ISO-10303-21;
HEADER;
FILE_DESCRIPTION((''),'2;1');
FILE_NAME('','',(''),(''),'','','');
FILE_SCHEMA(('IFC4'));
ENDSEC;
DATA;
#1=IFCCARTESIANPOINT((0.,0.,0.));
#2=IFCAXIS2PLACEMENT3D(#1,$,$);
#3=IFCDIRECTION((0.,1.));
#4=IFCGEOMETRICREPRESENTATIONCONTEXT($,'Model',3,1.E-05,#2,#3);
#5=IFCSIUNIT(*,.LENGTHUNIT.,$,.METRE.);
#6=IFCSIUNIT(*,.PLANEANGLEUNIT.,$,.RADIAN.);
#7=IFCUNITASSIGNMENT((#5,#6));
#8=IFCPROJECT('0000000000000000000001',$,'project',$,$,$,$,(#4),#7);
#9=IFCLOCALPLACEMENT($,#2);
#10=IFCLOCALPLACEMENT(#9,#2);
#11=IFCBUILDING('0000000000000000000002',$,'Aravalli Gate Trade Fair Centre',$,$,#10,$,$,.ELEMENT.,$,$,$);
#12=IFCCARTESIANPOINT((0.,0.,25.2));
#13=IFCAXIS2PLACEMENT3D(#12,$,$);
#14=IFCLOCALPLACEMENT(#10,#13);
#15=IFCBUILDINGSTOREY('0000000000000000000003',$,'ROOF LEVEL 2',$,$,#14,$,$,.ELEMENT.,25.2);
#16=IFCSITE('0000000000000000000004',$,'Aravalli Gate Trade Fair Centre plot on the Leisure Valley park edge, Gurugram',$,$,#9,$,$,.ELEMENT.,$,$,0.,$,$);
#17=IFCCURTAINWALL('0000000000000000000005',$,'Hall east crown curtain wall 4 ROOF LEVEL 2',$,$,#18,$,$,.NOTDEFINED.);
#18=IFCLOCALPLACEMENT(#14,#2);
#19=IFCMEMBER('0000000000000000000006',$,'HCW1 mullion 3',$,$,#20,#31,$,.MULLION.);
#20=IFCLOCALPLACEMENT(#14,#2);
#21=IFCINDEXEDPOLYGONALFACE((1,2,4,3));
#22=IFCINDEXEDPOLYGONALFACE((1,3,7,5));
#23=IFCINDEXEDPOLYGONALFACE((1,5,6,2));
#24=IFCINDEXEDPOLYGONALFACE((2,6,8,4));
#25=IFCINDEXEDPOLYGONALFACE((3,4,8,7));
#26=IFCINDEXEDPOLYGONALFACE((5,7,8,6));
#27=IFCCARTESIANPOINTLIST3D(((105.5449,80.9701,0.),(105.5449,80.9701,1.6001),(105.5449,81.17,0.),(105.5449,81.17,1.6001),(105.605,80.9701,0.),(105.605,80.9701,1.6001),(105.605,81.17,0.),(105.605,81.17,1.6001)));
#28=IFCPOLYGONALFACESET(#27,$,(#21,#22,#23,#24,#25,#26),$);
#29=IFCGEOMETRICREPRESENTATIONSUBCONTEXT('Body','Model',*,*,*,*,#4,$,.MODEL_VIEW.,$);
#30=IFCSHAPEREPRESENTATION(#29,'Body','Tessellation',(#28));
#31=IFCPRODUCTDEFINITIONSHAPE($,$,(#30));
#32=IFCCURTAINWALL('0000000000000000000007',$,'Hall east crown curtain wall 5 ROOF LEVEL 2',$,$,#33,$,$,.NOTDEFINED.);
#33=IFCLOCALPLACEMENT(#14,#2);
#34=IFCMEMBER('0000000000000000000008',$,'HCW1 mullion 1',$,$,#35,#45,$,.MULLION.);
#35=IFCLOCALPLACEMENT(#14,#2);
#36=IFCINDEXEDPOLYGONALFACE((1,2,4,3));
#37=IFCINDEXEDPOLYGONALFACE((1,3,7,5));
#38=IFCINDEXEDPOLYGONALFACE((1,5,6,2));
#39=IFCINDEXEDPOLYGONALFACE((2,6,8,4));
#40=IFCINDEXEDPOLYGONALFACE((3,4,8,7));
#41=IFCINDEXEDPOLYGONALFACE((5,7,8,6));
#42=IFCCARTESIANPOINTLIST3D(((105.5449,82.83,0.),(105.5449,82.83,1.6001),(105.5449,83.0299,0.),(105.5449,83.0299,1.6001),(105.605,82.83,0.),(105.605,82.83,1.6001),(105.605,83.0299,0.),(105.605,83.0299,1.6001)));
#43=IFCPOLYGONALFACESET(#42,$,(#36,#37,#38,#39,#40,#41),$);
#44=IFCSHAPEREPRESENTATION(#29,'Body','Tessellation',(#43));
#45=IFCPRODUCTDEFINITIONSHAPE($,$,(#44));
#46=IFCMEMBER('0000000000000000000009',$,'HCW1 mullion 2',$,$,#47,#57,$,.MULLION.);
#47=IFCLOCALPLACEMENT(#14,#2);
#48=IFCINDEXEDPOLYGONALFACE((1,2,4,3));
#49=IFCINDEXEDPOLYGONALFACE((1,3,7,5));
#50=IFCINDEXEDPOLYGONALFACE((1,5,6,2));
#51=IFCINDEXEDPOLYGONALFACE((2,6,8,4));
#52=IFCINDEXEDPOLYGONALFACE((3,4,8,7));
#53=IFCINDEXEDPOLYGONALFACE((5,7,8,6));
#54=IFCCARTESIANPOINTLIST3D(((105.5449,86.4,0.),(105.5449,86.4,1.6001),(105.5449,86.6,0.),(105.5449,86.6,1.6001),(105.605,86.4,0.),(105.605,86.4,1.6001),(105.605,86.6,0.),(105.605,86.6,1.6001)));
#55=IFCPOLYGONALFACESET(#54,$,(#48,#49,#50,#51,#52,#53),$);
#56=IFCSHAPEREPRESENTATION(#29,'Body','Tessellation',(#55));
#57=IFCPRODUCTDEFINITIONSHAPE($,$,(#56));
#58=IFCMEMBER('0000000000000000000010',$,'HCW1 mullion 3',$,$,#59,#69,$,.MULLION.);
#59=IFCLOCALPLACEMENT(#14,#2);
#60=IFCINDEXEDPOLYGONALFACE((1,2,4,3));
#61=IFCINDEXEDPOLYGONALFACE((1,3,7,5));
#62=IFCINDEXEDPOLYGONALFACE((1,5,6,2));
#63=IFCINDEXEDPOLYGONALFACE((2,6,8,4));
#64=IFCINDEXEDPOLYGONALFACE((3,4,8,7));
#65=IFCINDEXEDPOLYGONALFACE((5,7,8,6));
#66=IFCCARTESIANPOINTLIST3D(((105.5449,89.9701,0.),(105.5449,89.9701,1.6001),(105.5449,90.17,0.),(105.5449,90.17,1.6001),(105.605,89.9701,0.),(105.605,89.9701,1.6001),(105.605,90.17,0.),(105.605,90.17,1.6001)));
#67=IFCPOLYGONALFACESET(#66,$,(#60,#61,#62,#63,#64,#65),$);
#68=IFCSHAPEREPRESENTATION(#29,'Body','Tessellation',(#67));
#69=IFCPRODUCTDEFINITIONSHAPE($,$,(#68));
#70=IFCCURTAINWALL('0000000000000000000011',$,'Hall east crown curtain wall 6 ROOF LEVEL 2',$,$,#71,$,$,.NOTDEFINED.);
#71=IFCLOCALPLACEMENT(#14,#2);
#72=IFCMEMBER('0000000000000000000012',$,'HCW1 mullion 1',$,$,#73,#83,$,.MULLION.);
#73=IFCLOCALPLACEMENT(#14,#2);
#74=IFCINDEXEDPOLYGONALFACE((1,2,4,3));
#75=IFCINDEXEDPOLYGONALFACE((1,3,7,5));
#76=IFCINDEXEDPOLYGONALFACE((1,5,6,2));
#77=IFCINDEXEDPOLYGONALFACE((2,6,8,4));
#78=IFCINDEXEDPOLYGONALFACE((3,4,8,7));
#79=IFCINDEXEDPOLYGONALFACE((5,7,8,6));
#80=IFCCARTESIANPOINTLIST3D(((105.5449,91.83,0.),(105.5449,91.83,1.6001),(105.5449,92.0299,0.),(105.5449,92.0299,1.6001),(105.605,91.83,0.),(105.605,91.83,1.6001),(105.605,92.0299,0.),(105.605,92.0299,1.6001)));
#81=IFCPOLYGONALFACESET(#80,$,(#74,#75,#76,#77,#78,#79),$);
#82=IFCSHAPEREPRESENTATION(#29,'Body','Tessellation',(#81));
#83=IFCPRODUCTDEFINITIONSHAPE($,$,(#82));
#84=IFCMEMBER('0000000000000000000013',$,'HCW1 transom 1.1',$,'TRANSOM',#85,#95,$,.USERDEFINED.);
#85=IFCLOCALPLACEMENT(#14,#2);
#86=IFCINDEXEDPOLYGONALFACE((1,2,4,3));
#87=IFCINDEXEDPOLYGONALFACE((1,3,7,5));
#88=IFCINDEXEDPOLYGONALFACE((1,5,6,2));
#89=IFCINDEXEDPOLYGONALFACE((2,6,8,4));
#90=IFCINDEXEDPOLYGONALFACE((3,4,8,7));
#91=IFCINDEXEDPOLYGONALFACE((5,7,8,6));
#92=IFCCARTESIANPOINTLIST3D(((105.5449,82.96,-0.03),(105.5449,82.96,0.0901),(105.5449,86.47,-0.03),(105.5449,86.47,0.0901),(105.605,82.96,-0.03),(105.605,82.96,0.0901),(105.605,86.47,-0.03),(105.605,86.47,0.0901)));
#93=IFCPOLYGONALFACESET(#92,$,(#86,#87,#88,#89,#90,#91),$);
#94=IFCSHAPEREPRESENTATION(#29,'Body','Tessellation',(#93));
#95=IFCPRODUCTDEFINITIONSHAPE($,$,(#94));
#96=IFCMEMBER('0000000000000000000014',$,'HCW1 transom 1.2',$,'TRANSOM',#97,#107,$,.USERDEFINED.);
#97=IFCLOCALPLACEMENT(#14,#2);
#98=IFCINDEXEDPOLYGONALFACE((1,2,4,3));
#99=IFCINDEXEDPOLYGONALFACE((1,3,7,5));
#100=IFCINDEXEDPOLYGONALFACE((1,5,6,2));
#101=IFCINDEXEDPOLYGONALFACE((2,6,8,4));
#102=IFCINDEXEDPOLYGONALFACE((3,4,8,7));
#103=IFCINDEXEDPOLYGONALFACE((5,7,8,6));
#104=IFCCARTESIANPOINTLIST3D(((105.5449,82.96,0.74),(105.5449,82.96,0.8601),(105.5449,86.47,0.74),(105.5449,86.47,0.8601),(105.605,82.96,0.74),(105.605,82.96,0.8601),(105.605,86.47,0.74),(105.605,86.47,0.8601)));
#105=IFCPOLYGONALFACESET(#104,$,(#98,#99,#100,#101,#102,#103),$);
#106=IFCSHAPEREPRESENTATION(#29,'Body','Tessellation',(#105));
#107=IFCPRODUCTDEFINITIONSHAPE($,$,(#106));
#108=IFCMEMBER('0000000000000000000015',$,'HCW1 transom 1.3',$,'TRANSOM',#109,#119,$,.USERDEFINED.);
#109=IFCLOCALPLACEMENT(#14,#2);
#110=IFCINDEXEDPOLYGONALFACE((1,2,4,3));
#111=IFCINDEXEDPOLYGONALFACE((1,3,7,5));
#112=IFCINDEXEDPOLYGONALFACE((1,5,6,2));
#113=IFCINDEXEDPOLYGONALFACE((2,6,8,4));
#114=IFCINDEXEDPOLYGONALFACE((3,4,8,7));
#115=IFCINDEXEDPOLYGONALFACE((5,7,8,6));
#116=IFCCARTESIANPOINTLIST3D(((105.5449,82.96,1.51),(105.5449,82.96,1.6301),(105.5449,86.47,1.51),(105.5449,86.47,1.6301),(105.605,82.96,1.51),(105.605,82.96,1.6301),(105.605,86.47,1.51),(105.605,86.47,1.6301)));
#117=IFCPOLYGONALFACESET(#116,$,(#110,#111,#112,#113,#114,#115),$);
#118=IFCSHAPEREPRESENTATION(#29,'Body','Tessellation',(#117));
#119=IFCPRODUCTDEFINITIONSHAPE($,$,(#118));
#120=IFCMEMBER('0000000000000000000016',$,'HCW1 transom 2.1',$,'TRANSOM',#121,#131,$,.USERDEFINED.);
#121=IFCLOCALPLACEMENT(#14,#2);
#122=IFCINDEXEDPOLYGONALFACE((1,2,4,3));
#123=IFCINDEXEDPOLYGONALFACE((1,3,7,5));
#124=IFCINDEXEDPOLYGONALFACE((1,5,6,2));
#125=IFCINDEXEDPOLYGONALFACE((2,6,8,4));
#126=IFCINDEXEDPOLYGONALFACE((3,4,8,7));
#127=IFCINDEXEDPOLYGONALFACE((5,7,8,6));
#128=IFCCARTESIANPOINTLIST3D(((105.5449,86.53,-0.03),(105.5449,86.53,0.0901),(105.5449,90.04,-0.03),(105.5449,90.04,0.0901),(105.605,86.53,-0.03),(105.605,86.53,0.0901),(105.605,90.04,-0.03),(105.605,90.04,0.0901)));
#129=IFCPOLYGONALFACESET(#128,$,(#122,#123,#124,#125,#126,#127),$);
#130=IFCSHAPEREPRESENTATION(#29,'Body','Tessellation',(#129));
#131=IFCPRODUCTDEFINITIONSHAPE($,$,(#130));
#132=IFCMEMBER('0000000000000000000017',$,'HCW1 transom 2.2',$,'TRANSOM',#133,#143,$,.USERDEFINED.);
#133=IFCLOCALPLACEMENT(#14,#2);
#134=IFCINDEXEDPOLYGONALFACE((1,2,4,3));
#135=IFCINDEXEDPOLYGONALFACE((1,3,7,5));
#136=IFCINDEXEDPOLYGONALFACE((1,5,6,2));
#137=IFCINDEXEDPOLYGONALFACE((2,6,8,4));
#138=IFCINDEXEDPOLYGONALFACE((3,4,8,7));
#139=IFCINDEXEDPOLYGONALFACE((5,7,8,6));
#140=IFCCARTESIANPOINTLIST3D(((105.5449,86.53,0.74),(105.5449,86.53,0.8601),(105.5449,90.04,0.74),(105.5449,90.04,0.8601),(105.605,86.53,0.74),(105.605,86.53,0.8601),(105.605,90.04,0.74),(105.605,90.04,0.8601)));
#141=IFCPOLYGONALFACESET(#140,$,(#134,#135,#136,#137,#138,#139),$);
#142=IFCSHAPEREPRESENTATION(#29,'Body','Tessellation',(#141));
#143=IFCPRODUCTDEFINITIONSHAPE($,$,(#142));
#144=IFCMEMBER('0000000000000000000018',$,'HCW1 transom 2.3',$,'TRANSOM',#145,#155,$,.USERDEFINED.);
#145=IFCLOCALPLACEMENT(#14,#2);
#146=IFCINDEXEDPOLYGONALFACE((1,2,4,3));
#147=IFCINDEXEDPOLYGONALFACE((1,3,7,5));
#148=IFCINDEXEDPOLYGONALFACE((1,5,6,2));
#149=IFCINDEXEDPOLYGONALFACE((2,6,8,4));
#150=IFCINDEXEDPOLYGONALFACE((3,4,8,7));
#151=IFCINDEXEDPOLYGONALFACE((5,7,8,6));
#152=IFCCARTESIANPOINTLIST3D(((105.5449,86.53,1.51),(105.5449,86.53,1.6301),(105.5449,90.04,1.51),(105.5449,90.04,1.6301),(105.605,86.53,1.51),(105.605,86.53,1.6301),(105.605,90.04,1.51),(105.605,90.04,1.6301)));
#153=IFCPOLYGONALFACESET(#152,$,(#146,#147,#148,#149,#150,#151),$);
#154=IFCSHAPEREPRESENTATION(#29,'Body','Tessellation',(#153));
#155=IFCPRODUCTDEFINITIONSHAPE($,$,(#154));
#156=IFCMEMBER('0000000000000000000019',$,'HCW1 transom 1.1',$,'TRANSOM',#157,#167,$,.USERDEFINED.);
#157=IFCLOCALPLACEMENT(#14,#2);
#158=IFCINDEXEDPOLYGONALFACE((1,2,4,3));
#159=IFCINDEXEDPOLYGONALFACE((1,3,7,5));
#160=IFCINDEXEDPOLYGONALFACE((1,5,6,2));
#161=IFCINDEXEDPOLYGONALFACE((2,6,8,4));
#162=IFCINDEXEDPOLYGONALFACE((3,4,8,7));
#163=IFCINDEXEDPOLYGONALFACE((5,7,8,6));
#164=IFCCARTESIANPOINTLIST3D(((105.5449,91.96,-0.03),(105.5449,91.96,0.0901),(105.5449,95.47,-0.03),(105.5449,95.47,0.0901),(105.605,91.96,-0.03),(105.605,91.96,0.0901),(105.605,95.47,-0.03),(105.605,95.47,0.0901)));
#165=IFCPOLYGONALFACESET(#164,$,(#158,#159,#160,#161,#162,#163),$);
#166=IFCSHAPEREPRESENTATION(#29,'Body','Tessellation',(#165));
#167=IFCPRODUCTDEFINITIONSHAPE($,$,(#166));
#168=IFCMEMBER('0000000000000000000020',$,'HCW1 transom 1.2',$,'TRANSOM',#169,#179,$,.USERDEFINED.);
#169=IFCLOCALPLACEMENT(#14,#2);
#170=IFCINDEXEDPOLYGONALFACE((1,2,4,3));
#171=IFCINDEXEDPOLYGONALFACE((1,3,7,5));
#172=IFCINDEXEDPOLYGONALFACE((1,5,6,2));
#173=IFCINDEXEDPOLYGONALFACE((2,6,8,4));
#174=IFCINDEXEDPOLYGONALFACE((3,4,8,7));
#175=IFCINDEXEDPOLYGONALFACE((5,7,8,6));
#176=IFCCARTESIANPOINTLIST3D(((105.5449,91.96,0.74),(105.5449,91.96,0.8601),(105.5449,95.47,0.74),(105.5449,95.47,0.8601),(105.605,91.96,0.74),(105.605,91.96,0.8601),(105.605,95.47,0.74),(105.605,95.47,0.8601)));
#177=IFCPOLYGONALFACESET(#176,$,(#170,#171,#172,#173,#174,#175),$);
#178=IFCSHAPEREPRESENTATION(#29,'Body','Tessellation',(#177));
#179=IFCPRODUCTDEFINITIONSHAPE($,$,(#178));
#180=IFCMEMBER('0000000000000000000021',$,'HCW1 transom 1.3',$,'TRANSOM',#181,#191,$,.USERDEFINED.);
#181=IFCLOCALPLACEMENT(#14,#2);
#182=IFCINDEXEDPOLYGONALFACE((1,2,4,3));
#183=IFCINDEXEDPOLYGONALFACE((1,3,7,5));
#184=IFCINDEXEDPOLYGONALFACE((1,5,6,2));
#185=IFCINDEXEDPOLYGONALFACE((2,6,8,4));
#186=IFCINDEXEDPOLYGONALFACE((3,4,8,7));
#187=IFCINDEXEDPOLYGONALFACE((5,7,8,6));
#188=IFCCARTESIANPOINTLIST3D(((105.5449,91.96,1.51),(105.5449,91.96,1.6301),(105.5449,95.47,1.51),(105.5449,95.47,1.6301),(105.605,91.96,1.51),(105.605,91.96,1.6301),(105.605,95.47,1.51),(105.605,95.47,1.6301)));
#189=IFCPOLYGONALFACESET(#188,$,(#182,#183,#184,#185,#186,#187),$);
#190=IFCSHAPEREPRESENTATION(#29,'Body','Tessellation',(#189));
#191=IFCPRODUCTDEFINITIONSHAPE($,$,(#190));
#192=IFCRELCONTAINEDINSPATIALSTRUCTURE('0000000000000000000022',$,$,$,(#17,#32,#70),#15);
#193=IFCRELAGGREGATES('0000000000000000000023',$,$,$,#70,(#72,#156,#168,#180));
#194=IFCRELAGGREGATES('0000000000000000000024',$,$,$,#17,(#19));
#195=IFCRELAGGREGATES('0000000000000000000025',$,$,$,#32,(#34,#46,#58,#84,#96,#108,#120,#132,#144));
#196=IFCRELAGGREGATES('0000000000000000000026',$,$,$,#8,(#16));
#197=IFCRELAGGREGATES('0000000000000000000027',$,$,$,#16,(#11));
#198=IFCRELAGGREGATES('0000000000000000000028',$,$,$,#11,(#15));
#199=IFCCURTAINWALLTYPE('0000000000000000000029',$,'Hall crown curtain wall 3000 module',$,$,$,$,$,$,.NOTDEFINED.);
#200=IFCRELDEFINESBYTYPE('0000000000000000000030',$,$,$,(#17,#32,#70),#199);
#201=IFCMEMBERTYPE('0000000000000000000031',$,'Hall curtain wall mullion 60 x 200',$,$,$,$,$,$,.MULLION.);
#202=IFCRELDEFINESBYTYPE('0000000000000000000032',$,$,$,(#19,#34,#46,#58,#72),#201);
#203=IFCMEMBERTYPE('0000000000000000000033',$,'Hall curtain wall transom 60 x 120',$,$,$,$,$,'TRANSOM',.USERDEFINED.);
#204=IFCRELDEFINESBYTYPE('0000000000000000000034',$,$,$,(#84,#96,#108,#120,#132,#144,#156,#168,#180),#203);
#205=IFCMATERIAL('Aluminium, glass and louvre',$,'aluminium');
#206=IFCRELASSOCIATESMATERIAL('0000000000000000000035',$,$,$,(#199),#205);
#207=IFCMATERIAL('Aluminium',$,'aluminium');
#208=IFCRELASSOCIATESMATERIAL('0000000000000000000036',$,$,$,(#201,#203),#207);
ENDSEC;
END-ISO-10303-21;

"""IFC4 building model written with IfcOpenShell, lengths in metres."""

from ifc_helpers import new_model, si_unit, direction, frame, origin, origin_2d, place, context, subcontext, project, spatial, rectangle, extrude, material, material_profile, profile_set, type_object, element, aggregate, save


model = new_model("IFC4")

# Units and contexts
model_context = context("Model", 3, precision=1e-05, world=origin(), true_north=direction((0.0, 1.0)))
body_context = subcontext(model_context, "Body", "Model", "MODEL_VIEW")
ifc_project = project(units=[si_unit("LENGTHUNIT", "METRE"), si_unit("PLANEANGLEUNIT", "RADIAN")], contexts=[model_context])

# Site, building, storey
site_placement = place(None, origin())
site = spatial("IfcSite", under=ifc_project, at=site_placement, Name="Aravalli Gate Trade Fair Centre plot on the Leisure Valley park edge, Gurugram", CompositionType="ELEMENT", RefElevation=0.0)
building_placement = place(site_placement, origin())
building = spatial("IfcBuilding", under=site, at=building_placement, Name="Aravalli Gate Trade Fair Centre", CompositionType="ELEMENT")
storey_placement = place(building_placement, frame((0.0, 0.0, 25.2)))
storey = spatial("IfcBuildingStorey", under=building, at=storey_placement, Name="ROOF LEVEL 2", CompositionType="ELEMENT", Elevation=25.2)

# Curtain wall, member
ifc_material_1 = material(Name="Aluminium, glass and louvre", Category="aluminium")
curtain_wall_type = type_object("IfcCurtainWallType", Name="Hall crown curtain wall 3000 module", PredefinedType="NOTDEFINED", material=ifc_material_1)
curtain_wall_1_placement = place(storey_placement, origin())
curtain_wall_1 = element("IfcCurtainWall", 1, at=curtain_wall_1_placement, inside=storey, type_object=curtain_wall_type, Name="Hall east crown curtain wall 4 ROOF LEVEL 2", PredefinedType="NOTDEFINED")
ifc_material_2 = material(Name="Aluminium", Category="aluminium")
ifc_material_profile_1 = material_profile(ifc_material_2, rectangle(XDim=0.0601, YDim=0.2, at=origin_2d()), Name="Hall curtain wall mullion 60 x 200")
ifc_profile_set_1 = profile_set([ifc_material_profile_1], Name="Aluminium")
member_type_1 = type_object("IfcMemberType", Name="Hall curtain wall mullion 60 x 200", PredefinedType="MULLION", material=ifc_profile_set_1)
member_1_placement = place(storey_placement, frame((105.575, 81.0701, 0.0), z_axis=(0.0, 0.0, 1.0), x_axis=(-1.0, 0.0, 0.0)))
member_1 = element("IfcMember", 2, at=member_1_placement, type_object=member_type_1, Name="HCW1 mullion 3", PredefinedType="MULLION", context=body_context, shape_type="SweptSolid", body=[
    extrude(rectangle(XDim=0.0601, YDim=0.2, at=origin_2d()), origin(), (0.0, 0.0, 1.0), 1.6001),
])

# Curtain wall, members
curtain_wall_2_placement = place(storey_placement, origin())
curtain_wall_2 = element("IfcCurtainWall", 3, at=curtain_wall_2_placement, inside=storey, type_object=curtain_wall_type, Name="Hall east crown curtain wall 5 ROOF LEVEL 2", PredefinedType="NOTDEFINED")
member_2_placement = place(storey_placement, frame((105.575, 82.9299, 0.0), z_axis=(0.0, 0.0, 1.0), x_axis=(-1.0, 0.0, 0.0)))
member_2 = element("IfcMember", 4, at=member_2_placement, type_object=member_type_1, Name="HCW1 mullion 1", PredefinedType="MULLION", context=body_context, shape_type="SweptSolid", body=[
    extrude(rectangle(XDim=0.0601, YDim=0.2, at=origin_2d()), origin(), (0.0, 0.0, 1.0), 1.6001),
])
member_3_placement = place(storey_placement, frame((105.575, 86.5, 0.0), z_axis=(0.0, 0.0, 1.0), x_axis=(-1.0, 0.0, 0.0)))
member_3 = element("IfcMember", 5, at=member_3_placement, type_object=member_type_1, Name="HCW1 mullion 2", PredefinedType="MULLION", context=body_context, shape_type="SweptSolid", body=[
    extrude(rectangle(XDim=0.0601, YDim=0.2, at=origin_2d()), origin(), (0.0, 0.0, 1.0), 1.6001),
])
member_4_placement = place(storey_placement, frame((105.575, 90.0701, 0.0), z_axis=(0.0, 0.0, 1.0), x_axis=(-1.0, 0.0, 0.0)))
member_4 = element("IfcMember", 6, at=member_4_placement, type_object=member_type_1, Name="HCW1 mullion 3", PredefinedType="MULLION", context=body_context, shape_type="SweptSolid", body=[
    extrude(rectangle(XDim=0.0601, YDim=0.2, at=origin_2d()), origin(), (0.0, 0.0, 1.0), 1.6001),
])

# Curtain wall, member
curtain_wall_3_placement = place(storey_placement, origin())
curtain_wall_3 = element("IfcCurtainWall", 7, at=curtain_wall_3_placement, inside=storey, type_object=curtain_wall_type, Name="Hall east crown curtain wall 6 ROOF LEVEL 2", PredefinedType="NOTDEFINED")
member_5_placement = place(storey_placement, frame((105.575, 91.9299, 0.0), z_axis=(0.0, 0.0, 1.0), x_axis=(-1.0, 0.0, 0.0)))
member_5 = element("IfcMember", 8, at=member_5_placement, type_object=member_type_1, Name="HCW1 mullion 1", PredefinedType="MULLION", context=body_context, shape_type="SweptSolid", body=[
    extrude(rectangle(XDim=0.0601, YDim=0.2, at=origin_2d()), origin(), (0.0, 0.0, 1.0), 1.6001),
])

# Members
ifc_material_profile_2 = material_profile(ifc_material_2, rectangle(XDim=0.0601, YDim=0.1201, at=origin_2d()), Name="Hall curtain wall transom 60 x 120")
ifc_profile_set_2 = profile_set([ifc_material_profile_2], Name="Aluminium")
member_type_2 = type_object("IfcMemberType", Name="Hall curtain wall transom 60 x 120", ElementType="TRANSOM", PredefinedType="USERDEFINED", material=ifc_profile_set_2)
member_6_placement = place(storey_placement, frame((105.575, 82.96, 0.03), z_axis=(0.0, 1.0, 0.0), x_axis=(-1.0, 0.0, 0.0)))
member_6 = element("IfcMember", 9, at=member_6_placement, type_object=member_type_2, Name="HCW1 transom 1.1", ObjectType="TRANSOM", PredefinedType="USERDEFINED", context=body_context, shape_type="SweptSolid", body=[
    extrude(rectangle(XDim=0.0601, YDim=0.1201, at=origin_2d()), origin(), (0.0, 0.0, 1.0), 3.51),
])
member_7_placement = place(storey_placement, frame((105.575, 82.96, 0.8), z_axis=(0.0, 1.0, 0.0), x_axis=(-1.0, 0.0, 0.0)))
member_7 = element("IfcMember", 10, at=member_7_placement, type_object=member_type_2, Name="HCW1 transom 1.2", ObjectType="TRANSOM", PredefinedType="USERDEFINED", context=body_context, shape_type="SweptSolid", body=[
    extrude(rectangle(XDim=0.0601, YDim=0.1201, at=origin_2d()), origin(), (0.0, 0.0, 1.0), 3.51),
])
member_8_placement = place(storey_placement, frame((105.575, 82.96, 1.5701), z_axis=(0.0, 1.0, 0.0), x_axis=(-1.0, 0.0, 0.0)))
member_8 = element("IfcMember", 11, at=member_8_placement, type_object=member_type_2, Name="HCW1 transom 1.3", ObjectType="TRANSOM", PredefinedType="USERDEFINED", context=body_context, shape_type="SweptSolid", body=[
    extrude(rectangle(XDim=0.0601, YDim=0.1201, at=origin_2d()), origin(), (0.0, 0.0, 1.0), 3.51),
])
member_9_placement = place(storey_placement, frame((105.575, 86.53, 0.03), z_axis=(0.0, 1.0, 0.0), x_axis=(-1.0, 0.0, 0.0)))
member_9 = element("IfcMember", 12, at=member_9_placement, type_object=member_type_2, Name="HCW1 transom 2.1", ObjectType="TRANSOM", PredefinedType="USERDEFINED", context=body_context, shape_type="SweptSolid", body=[
    extrude(rectangle(XDim=0.0601, YDim=0.1201, at=origin_2d()), origin(), (0.0, 0.0, 1.0), 3.51),
])
member_10_placement = place(storey_placement, frame((105.575, 86.53, 0.8), z_axis=(0.0, 1.0, 0.0), x_axis=(-1.0, 0.0, 0.0)))
member_10 = element("IfcMember", 13, at=member_10_placement, type_object=member_type_2, Name="HCW1 transom 2.2", ObjectType="TRANSOM", PredefinedType="USERDEFINED", context=body_context, shape_type="SweptSolid", body=[
    extrude(rectangle(XDim=0.0601, YDim=0.1201, at=origin_2d()), origin(), (0.0, 0.0, 1.0), 3.51),
])
member_11_placement = place(storey_placement, frame((105.575, 86.53, 1.5701), z_axis=(0.0, 1.0, 0.0), x_axis=(-1.0, 0.0, 0.0)))
member_11 = element("IfcMember", 14, at=member_11_placement, type_object=member_type_2, Name="HCW1 transom 2.3", ObjectType="TRANSOM", PredefinedType="USERDEFINED", context=body_context, shape_type="SweptSolid", body=[
    extrude(rectangle(XDim=0.0601, YDim=0.1201, at=origin_2d()), origin(), (0.0, 0.0, 1.0), 3.51),
])
member_12_placement = place(storey_placement, frame((105.575, 91.96, 0.03), z_axis=(0.0, 1.0, 0.0), x_axis=(-1.0, 0.0, 0.0)))
member_12 = element("IfcMember", 15, at=member_12_placement, type_object=member_type_2, Name="HCW1 transom 1.1", ObjectType="TRANSOM", PredefinedType="USERDEFINED", context=body_context, shape_type="SweptSolid", body=[
    extrude(rectangle(XDim=0.0601, YDim=0.1201, at=origin_2d()), origin(), (0.0, 0.0, 1.0), 3.51),
])
member_13_placement = place(storey_placement, frame((105.575, 91.96, 0.8), z_axis=(0.0, 1.0, 0.0), x_axis=(-1.0, 0.0, 0.0)))
member_13 = element("IfcMember", 16, at=member_13_placement, type_object=member_type_2, Name="HCW1 transom 1.2", ObjectType="TRANSOM", PredefinedType="USERDEFINED", context=body_context, shape_type="SweptSolid", body=[
    extrude(rectangle(XDim=0.0601, YDim=0.1201, at=origin_2d()), origin(), (0.0, 0.0, 1.0), 3.51),
])
member_14_placement = place(storey_placement, frame((105.575, 91.96, 1.5701), z_axis=(0.0, 1.0, 0.0), x_axis=(-1.0, 0.0, 0.0)))
member_14 = element("IfcMember", 17, at=member_14_placement, type_object=member_type_2, Name="HCW1 transom 1.3", ObjectType="TRANSOM", PredefinedType="USERDEFINED", context=body_context, shape_type="SweptSolid", body=[
    extrude(rectangle(XDim=0.0601, YDim=0.1201, at=origin_2d()), origin(), (0.0, 0.0, 1.0), 3.51),
])
aggregate(curtain_wall_3, [member_5, member_12, member_13, member_14])

aggregate(curtain_wall_1, [member_1])
aggregate(curtain_wall_2, [member_2, member_3, member_4, member_6, member_7, member_8, member_9, member_10, member_11])

save(model, "model.ifc")
